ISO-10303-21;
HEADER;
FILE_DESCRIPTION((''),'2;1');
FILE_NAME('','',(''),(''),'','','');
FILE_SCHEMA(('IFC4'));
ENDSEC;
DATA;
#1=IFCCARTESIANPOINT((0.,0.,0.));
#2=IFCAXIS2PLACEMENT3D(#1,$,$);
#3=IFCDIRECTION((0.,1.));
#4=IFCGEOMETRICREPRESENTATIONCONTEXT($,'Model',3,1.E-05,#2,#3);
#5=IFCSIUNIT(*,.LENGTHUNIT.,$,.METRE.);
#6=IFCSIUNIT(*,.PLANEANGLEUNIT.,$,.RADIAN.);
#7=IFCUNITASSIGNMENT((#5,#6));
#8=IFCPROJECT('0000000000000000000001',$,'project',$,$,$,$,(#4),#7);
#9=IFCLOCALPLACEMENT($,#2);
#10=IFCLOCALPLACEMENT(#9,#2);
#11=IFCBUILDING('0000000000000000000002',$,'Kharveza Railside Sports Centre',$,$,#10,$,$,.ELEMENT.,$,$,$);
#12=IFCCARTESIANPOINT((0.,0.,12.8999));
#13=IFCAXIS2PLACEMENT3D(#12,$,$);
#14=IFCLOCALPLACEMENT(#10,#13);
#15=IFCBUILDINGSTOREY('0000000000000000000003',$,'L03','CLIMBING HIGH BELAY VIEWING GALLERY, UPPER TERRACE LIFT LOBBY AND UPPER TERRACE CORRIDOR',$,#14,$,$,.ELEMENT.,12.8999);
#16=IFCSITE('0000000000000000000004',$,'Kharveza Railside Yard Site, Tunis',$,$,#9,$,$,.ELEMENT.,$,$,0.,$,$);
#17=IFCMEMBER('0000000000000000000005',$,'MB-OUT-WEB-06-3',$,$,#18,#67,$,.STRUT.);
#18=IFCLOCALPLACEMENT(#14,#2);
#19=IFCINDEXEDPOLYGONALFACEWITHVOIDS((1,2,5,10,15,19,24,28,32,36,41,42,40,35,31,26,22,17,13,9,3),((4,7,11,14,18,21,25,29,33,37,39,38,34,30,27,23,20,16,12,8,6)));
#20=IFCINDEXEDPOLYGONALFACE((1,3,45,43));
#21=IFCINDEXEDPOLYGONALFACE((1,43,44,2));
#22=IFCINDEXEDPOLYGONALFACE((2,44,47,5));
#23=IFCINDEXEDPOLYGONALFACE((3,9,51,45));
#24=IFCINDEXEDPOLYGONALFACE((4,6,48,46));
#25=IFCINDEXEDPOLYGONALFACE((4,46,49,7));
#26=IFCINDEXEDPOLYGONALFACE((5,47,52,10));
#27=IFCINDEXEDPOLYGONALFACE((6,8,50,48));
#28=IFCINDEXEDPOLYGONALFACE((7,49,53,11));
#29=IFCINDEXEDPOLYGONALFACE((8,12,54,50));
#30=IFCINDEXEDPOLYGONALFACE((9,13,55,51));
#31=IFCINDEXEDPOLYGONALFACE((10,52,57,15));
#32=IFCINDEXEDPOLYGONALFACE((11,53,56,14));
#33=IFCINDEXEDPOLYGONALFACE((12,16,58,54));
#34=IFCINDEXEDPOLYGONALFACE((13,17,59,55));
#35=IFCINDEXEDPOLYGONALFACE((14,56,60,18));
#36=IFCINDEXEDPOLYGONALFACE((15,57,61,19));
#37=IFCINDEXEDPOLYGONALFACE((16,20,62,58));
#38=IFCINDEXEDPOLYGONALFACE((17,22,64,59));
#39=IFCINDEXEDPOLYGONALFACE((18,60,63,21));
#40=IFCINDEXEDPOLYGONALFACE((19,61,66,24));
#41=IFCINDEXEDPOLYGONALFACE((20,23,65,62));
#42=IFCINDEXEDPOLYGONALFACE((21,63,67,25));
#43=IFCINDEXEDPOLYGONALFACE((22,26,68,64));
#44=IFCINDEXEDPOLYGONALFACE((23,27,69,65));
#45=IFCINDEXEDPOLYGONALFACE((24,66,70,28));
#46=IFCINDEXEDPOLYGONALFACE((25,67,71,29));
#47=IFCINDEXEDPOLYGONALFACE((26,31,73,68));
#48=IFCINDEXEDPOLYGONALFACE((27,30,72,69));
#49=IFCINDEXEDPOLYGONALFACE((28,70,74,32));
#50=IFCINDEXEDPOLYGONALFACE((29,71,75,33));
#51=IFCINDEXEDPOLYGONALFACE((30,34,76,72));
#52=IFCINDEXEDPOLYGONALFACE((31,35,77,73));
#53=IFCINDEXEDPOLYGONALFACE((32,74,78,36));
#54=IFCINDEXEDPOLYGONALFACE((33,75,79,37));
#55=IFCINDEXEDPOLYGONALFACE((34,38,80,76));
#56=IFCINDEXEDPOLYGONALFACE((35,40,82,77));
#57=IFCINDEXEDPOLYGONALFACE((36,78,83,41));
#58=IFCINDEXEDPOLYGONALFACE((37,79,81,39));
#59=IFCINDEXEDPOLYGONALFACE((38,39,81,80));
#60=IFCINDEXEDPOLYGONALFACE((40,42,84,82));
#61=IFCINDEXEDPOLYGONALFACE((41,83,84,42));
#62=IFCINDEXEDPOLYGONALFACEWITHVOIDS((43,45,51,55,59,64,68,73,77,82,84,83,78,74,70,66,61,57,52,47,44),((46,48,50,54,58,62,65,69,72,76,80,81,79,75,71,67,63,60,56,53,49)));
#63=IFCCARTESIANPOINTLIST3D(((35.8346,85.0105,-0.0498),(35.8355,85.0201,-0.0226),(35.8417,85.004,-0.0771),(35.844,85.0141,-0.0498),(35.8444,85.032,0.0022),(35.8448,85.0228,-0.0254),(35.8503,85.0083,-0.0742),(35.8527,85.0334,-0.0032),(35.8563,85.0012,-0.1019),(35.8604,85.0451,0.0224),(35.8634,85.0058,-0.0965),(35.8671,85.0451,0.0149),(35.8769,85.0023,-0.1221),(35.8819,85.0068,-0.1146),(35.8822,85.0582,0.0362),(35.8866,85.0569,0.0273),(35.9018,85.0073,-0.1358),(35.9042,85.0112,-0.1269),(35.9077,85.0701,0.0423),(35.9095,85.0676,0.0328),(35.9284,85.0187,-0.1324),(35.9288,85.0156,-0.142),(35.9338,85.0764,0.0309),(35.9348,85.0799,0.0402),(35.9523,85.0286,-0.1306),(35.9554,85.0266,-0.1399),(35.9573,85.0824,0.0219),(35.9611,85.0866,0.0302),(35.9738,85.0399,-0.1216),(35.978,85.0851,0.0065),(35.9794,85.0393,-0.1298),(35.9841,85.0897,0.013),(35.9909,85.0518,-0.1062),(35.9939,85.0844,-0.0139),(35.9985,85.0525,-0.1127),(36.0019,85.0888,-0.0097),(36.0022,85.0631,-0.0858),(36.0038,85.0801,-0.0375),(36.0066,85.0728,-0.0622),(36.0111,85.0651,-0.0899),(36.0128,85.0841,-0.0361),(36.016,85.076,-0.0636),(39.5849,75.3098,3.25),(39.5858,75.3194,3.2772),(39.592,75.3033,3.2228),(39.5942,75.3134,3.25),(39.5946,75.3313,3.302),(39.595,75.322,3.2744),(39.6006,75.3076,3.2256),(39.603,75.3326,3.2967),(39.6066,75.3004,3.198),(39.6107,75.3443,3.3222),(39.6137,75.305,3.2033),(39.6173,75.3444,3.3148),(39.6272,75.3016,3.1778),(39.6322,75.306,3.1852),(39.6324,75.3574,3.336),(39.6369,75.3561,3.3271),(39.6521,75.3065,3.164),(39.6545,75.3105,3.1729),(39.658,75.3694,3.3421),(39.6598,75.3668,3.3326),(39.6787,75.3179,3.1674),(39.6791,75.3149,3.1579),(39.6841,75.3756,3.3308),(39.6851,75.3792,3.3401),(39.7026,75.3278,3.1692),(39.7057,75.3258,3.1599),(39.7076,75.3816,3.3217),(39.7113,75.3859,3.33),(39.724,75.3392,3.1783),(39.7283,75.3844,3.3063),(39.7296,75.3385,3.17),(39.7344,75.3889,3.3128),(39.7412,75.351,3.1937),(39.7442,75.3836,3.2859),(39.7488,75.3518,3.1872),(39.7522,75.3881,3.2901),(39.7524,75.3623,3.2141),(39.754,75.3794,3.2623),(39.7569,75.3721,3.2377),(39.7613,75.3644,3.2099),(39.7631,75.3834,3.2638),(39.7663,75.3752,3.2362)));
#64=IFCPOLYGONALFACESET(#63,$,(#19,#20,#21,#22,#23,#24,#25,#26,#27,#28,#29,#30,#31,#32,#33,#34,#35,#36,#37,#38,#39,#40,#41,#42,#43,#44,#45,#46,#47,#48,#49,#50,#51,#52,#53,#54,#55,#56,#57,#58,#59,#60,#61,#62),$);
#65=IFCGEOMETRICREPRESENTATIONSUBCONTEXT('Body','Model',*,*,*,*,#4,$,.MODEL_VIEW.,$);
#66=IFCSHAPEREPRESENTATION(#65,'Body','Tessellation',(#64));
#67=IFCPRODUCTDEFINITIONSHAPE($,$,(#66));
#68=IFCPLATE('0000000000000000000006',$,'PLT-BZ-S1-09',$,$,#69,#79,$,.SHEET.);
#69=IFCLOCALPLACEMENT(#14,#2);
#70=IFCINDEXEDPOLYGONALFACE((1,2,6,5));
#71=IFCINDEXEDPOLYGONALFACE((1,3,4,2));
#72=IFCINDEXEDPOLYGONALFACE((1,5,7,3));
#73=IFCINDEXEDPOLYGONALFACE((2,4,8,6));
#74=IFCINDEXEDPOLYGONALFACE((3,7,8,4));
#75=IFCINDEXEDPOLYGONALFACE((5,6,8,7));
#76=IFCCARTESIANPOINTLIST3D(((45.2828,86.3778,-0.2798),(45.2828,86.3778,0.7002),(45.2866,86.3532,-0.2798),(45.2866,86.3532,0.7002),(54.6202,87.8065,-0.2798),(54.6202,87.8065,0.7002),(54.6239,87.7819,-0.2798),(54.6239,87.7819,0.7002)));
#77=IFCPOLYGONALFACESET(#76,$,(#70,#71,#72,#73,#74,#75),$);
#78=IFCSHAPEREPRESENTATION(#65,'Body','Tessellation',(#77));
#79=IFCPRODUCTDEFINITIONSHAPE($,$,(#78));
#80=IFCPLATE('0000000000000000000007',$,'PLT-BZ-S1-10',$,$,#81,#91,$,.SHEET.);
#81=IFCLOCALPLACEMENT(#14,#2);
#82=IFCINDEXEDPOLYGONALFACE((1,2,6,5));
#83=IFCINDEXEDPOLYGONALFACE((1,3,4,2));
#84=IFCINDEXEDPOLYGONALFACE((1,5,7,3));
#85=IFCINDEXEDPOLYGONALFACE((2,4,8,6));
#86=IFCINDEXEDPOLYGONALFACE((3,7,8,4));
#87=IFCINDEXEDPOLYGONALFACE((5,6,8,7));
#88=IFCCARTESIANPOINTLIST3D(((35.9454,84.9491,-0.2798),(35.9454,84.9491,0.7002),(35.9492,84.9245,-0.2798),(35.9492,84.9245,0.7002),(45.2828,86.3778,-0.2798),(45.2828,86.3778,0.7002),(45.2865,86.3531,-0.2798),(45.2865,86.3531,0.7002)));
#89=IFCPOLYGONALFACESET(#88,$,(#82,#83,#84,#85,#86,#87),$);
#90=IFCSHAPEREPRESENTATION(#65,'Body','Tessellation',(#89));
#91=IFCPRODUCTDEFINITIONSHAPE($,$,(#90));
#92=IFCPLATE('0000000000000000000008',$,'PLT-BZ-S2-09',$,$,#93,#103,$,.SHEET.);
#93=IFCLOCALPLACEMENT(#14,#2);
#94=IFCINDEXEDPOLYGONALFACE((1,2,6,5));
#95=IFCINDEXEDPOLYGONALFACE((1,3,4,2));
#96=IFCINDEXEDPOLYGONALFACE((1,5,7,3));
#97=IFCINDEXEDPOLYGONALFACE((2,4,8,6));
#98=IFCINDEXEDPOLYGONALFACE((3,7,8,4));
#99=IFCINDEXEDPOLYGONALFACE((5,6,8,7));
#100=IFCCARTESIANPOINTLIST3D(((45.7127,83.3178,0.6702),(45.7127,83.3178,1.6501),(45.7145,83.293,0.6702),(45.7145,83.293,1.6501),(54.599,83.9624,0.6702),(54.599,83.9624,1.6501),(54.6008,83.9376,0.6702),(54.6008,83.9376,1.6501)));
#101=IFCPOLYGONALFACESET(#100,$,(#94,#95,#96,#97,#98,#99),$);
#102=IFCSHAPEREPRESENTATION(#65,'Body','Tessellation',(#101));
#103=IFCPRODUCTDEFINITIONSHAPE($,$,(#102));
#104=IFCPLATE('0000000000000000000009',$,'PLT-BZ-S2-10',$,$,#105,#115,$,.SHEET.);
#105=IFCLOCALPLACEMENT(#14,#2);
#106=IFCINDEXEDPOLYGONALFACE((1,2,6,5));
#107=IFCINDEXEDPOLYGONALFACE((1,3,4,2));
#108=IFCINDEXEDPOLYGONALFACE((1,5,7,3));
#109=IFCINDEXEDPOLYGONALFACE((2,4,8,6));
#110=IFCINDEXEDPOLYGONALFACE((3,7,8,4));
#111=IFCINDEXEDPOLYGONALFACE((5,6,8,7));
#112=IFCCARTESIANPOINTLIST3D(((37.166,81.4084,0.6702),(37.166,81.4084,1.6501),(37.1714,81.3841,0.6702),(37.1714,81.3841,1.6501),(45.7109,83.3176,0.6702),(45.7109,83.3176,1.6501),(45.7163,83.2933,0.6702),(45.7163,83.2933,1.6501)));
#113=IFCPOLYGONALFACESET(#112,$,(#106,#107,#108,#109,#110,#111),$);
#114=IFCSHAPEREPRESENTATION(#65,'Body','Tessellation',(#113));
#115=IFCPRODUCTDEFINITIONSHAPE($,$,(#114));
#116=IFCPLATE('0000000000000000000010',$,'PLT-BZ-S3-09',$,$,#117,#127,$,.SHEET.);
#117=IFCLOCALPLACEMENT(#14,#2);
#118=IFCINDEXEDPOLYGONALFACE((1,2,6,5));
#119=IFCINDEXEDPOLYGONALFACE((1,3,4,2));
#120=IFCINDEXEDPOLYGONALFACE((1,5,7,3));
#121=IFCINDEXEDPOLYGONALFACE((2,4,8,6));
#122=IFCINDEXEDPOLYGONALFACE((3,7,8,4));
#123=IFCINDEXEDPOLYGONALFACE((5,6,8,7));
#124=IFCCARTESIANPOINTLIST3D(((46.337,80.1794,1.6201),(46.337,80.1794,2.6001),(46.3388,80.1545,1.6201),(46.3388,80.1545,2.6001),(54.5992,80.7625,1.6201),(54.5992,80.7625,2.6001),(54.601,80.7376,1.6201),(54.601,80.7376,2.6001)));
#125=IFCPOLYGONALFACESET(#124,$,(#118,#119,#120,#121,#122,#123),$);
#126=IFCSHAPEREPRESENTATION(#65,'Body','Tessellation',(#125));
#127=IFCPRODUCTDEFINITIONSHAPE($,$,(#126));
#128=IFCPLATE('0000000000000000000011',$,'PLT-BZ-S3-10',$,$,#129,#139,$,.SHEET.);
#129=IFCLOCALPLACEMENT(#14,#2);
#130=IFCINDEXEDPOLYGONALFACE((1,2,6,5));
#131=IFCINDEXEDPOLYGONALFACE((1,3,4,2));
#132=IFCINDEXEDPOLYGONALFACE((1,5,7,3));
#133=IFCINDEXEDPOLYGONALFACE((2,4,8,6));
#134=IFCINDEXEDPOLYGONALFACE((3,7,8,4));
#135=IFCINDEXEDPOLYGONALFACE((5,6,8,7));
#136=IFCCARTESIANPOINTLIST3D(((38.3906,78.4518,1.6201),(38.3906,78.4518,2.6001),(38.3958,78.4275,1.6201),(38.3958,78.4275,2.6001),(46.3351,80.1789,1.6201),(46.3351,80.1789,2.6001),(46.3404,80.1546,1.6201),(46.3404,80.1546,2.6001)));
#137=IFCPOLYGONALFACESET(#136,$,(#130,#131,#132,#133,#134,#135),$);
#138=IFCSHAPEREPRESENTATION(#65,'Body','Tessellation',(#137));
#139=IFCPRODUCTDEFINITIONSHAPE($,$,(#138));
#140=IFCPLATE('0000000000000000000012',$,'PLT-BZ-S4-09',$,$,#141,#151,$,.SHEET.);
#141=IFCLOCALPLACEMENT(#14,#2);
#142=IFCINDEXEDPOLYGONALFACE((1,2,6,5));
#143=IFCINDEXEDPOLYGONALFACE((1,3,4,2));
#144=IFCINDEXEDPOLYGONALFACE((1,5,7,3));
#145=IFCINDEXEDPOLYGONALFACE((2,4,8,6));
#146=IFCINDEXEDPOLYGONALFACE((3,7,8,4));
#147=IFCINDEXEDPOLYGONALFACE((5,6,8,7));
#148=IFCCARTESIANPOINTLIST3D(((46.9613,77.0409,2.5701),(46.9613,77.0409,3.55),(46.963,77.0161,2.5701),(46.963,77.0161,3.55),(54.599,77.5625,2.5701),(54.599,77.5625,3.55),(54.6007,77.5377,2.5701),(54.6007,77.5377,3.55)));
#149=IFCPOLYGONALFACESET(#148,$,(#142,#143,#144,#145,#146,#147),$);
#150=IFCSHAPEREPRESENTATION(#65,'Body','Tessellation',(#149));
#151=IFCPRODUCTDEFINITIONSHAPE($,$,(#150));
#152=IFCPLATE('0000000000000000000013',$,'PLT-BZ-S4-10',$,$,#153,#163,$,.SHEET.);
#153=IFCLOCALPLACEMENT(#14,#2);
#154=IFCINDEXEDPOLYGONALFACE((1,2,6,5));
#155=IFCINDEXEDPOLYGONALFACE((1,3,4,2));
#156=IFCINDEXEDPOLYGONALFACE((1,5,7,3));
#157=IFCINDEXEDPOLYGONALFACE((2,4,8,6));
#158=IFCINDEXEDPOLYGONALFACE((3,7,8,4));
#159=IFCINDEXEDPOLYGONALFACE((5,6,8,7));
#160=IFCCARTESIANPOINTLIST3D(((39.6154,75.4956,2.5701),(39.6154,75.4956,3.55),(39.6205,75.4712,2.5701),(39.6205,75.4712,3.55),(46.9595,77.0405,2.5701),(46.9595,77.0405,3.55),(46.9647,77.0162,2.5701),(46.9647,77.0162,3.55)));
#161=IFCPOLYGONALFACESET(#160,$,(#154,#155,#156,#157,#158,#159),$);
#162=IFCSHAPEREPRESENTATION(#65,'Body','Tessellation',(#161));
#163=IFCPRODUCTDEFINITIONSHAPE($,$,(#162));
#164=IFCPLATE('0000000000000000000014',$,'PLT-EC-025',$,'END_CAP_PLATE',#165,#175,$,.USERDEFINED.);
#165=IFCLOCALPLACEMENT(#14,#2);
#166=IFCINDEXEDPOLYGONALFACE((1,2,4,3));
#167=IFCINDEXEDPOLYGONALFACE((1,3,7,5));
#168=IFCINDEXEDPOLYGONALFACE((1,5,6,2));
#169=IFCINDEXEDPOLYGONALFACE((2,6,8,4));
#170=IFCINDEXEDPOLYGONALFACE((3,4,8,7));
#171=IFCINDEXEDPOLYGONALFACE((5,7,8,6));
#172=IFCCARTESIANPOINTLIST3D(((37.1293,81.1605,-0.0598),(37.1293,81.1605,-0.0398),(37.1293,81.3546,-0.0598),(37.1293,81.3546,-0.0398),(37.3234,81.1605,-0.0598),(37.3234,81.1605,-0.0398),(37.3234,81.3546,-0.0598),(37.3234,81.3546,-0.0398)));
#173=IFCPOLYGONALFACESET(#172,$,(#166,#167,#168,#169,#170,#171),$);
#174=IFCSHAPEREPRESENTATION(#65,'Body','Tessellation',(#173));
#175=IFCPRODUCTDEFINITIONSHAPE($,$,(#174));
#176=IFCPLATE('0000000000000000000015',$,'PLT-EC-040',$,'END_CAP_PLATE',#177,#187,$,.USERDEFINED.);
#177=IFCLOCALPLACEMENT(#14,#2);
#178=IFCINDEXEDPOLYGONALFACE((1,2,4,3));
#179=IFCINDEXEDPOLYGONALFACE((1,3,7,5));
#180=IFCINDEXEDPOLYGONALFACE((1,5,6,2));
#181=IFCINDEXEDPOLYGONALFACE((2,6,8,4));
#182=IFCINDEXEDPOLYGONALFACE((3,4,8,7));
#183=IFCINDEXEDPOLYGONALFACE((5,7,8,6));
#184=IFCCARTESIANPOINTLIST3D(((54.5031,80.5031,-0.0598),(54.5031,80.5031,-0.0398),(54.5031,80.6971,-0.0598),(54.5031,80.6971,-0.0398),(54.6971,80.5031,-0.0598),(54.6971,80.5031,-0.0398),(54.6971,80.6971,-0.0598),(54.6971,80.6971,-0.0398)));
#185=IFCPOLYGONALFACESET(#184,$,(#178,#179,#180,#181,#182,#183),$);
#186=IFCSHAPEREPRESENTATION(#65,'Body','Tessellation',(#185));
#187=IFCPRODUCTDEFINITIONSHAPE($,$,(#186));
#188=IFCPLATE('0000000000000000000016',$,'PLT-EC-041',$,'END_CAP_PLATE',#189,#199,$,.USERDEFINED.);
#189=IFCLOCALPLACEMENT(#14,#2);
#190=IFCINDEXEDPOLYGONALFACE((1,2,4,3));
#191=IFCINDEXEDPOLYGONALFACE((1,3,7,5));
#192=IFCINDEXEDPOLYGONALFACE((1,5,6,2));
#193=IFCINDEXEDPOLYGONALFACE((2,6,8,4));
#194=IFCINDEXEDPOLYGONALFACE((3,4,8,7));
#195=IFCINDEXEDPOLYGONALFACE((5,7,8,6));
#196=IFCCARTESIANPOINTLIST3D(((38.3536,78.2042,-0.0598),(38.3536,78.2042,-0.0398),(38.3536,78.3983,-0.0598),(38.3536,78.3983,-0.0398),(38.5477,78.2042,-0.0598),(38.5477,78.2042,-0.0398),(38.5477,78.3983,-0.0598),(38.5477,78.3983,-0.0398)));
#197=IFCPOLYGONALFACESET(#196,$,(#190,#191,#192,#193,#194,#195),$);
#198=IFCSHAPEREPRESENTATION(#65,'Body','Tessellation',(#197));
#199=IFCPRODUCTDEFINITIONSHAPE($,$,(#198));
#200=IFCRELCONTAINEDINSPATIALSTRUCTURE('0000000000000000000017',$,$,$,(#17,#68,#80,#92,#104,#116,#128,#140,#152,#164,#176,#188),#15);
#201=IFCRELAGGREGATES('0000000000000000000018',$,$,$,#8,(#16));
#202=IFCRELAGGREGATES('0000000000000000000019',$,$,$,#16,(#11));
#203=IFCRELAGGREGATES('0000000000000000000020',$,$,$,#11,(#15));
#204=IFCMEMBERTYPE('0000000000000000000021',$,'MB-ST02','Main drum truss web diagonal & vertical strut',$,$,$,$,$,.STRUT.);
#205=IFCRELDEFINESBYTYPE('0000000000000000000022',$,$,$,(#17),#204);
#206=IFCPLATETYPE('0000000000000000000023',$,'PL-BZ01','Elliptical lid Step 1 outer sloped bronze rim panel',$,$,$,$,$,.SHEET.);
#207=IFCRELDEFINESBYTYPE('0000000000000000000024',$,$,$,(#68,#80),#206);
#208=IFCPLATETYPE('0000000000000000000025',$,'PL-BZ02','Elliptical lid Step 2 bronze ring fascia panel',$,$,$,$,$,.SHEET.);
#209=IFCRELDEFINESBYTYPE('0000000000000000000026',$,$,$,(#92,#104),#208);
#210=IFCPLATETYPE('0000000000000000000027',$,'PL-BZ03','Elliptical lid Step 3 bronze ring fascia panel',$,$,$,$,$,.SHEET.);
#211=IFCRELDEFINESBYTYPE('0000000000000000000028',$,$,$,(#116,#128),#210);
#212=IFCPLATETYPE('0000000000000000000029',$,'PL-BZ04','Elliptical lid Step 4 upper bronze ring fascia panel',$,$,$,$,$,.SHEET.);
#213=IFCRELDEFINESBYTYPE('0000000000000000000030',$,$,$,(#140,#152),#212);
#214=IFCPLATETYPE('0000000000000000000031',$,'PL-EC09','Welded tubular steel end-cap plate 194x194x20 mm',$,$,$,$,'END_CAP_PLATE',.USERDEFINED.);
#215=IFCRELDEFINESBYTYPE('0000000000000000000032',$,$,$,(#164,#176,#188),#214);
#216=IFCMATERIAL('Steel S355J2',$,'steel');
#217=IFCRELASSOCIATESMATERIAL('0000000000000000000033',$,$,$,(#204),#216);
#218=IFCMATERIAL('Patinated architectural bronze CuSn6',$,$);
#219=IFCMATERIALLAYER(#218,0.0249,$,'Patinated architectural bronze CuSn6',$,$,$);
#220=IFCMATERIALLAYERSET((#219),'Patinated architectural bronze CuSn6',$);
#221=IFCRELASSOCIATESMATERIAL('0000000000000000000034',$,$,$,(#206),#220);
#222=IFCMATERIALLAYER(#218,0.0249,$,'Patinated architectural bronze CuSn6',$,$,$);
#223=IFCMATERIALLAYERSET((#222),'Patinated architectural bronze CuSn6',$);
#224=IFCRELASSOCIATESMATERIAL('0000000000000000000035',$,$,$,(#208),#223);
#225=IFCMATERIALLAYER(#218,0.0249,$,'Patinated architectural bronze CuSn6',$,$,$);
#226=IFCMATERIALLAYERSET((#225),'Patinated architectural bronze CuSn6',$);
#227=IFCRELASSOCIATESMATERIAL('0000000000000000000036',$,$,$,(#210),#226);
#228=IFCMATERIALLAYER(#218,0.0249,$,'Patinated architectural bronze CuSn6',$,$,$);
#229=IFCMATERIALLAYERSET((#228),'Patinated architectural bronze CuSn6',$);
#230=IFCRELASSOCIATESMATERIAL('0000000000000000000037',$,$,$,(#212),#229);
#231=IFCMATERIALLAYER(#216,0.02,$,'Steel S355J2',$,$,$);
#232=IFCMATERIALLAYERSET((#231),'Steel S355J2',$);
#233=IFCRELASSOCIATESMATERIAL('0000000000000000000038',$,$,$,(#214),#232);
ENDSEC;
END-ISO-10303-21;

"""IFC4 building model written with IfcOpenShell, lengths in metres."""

from ifc_helpers import new_model, si_unit, direction, frame, origin, origin_2d, place, context, subcontext, project, spatial, rectangle, hollow_circle, extrude, material, layer, layer_set, material_profile, profile_set, type_object, element, save


model = new_model("IFC4")

# Units and contexts
model_context = context("Model", 3, precision=1e-05, world=origin(), true_north=direction((0.0, 1.0)))
body_context = subcontext(model_context, "Body", "Model", "MODEL_VIEW")
ifc_project = project(units=[si_unit("LENGTHUNIT", "METRE"), si_unit("PLANEANGLEUNIT", "RADIAN")], contexts=[model_context])

# Site, building, storey
site_placement = place(None, origin())
site = spatial("IfcSite", under=ifc_project, at=site_placement, Name="Kharveza Railside Yard Site, Tunis", CompositionType="ELEMENT", RefElevation=0.0)
building_placement = place(site_placement, origin())
building = spatial("IfcBuilding", under=site, at=building_placement, Name="Kharveza Railside Sports Centre", CompositionType="ELEMENT")
storey_placement = place(building_placement, frame((0.0, 0.0, 12.8999)))
storey = spatial("IfcBuildingStorey", under=building, at=storey_placement, Name="L03", Description="CLIMBING HIGH BELAY VIEWING GALLERY, UPPER TERRACE LIFT LOBBY AND UPPER TERRACE CORRIDOR", CompositionType="ELEMENT", Elevation=12.8999)

# Shared definitions
ifc_material_1 = material(Name="Steel S355J2", Category="steel")

# Member
ifc_material_profile_1 = material_profile(ifc_material_1, hollow_circle(Radius=0.0969, WallThickness=0.01, at=origin_2d()), Name="CHS 193.7x10.0")
ifc_profile_set_1 = profile_set([ifc_material_profile_1], Name="Steel S355J2")
member_type_1 = type_object("IfcMemberType", Name="MB-ST02", Description="Main drum truss web diagonal & vertical strut", PredefinedType="STRUT", material=ifc_profile_set_1)
member_1_placement = place(storey_placement, frame((39.6753, 75.3447, 3.25), z_axis=(-0.343703, 0.88905, -0.302421), x_axis=(-0.932725, -0.360588, 0.0)))
element("IfcMember", 1, at=member_1_placement, inside=storey, type_object=member_type_1, Name="MB-OUT-WEB-06-3", PredefinedType="STRUT", context=body_context, shape_type="SweptSolid", body=[
    extrude(hollow_circle(Radius=0.0969, WallThickness=0.01, at=origin_2d()), origin(), (0.0, 0.0, 1.0), 10.9114),
])

# Plates
ifc_material_2 = material(Name="Patinated architectural bronze CuSn6")
ifc_layer_1 = layer(ifc_material_2, 0.0249, Name="Patinated architectural bronze CuSn6")
ifc_layer_set_1 = layer_set([ifc_layer_1], Name="Patinated architectural bronze CuSn6")
plate_type_1 = type_object("IfcPlateType", Name="PL-BZ01", Description="Elliptical lid Step 1 outer sloped bronze rim panel", PredefinedType="SHEET", material=ifc_layer_set_1)
for number, where, z_axis, x_axis, name in (
    (2, (49.9534, 87.0798, -0.2798), (0.0, 0.0, 1.0), (-0.988497, -0.151244, 0.0), "PLT-BZ-S1-09"),
    (3, (40.616, 85.6511, -0.2798), (0.0, 0.0, 1.0), (-0.988497, -0.151244, 0.0), "PLT-BZ-S1-10"),
):
    element("IfcPlate", number, at=place(storey_placement, frame(where, z_axis=z_axis, x_axis=x_axis)), inside=storey, type_object=plate_type_1, Name=name, PredefinedType="SHEET", context=body_context, shape_type="SweptSolid", body=[
        extrude(rectangle(XDim=9.446, YDim=0.0249, at=origin_2d()), origin(), (0.0, 0.0, 1.0), 0.98),
    ])
ifc_layer_2 = layer(ifc_material_2, 0.0249, Name="Patinated architectural bronze CuSn6")
ifc_layer_set_2 = layer_set([ifc_layer_2], Name="Patinated architectural bronze CuSn6")
plate_type_2 = type_object("IfcPlateType", Name="PL-BZ02", Description="Elliptical lid Step 2 bronze ring fascia panel", PredefinedType="SHEET", material=ifc_layer_set_2)
plate_1_placement = place(storey_placement, frame((50.1567, 83.6277, 0.6702), z_axis=(0.0, 0.0, 1.0), x_axis=(-0.997379, -0.07235, 0.0)))
element("IfcPlate", 4, at=plate_1_placement, inside=storey, type_object=plate_type_2, Name="PLT-BZ-S2-09", PredefinedType="SHEET", context=body_context, shape_type="SweptSolid", body=[
    extrude(rectangle(XDim=8.9097, YDim=0.0249, at=origin_2d()), origin(), (0.0, 0.0, 1.0), 0.98),
])
plate_2_placement = place(storey_placement, frame((41.4412, 82.3508, 0.6702), z_axis=(0.0, 0.0, 1.0), x_axis=(-0.975936, -0.218058, 0.0)))
element("IfcPlate", 5, at=plate_2_placement, inside=storey, type_object=plate_type_2, Name="PLT-BZ-S2-10", PredefinedType="SHEET", context=body_context, shape_type="SweptSolid", body=[
    extrude(rectangle(XDim=8.7556, YDim=0.0249, at=origin_2d()), origin(), (0.0, 0.0, 1.0), 0.98),
])
ifc_layer_3 = layer(ifc_material_2, 0.0249, Name="Patinated architectural bronze CuSn6")
ifc_layer_set_3 = layer_set([ifc_layer_3], Name="Patinated architectural bronze CuSn6")
plate_type_3 = type_object("IfcPlateType", Name="PL-BZ03", Description="Elliptical lid Step 3 bronze ring fascia panel", PredefinedType="SHEET", material=ifc_layer_set_3)
plate_3_placement = place(storey_placement, frame((50.469, 80.4585, 1.6201), z_axis=(0.0, 0.0, 1.0), x_axis=(-0.997519, -0.070401, 0.0)))
element("IfcPlate", 6, at=plate_3_placement, inside=storey, type_object=plate_type_3, Name="PLT-BZ-S3-09", PredefinedType="SHEET", context=body_context, shape_type="SweptSolid", body=[
    extrude(rectangle(XDim=8.2827, YDim=0.0249, at=origin_2d()), origin(), (0.0, 0.0, 1.0), 0.98),
])
plate_4_placement = place(storey_placement, frame((42.3655, 79.3032, 1.6201), z_axis=(0.0, 0.0, 1.0), x_axis=(-0.977176, -0.212434, 0.0)))
element("IfcPlate", 7, at=plate_4_placement, inside=storey, type_object=plate_type_3, Name="PLT-BZ-S3-10", PredefinedType="SHEET", context=body_context, shape_type="SweptSolid", body=[
    extrude(rectangle(XDim=8.1301, YDim=0.0249, at=origin_2d()), origin(), (0.0, 0.0, 1.0), 0.98),
])
ifc_layer_4 = layer(ifc_material_2, 0.0249, Name="Patinated architectural bronze CuSn6")
ifc_layer_set_4 = layer_set([ifc_layer_4], Name="Patinated architectural bronze CuSn6")
plate_type_4 = type_object("IfcPlateType", Name="PL-BZ04", Description="Elliptical lid Step 4 upper bronze ring fascia panel", PredefinedType="SHEET", material=ifc_layer_set_4)
plate_5_placement = place(storey_placement, frame((50.781, 77.2893, 2.5701), z_axis=(0.0, 0.0, 1.0), x_axis=(-0.997676, -0.068137, 0.0)))
element("IfcPlate", 8, at=plate_5_placement, inside=storey, type_object=plate_type_4, Name="PLT-BZ-S4-09", PredefinedType="SHEET", context=body_context, shape_type="SweptSolid", body=[
    extrude(rectangle(XDim=7.6555, YDim=0.0249, at=origin_2d()), origin(), (0.0, 0.0, 1.0), 0.98),
])
plate_6_placement = place(storey_placement, frame((43.29, 76.2559, 2.5701), z_axis=(0.0, 0.0, 1.0), x_axis=(-0.978581, -0.205863, 0.0)))
element("IfcPlate", 9, at=plate_6_placement, inside=storey, type_object=plate_type_4, Name="PLT-BZ-S4-10", PredefinedType="SHEET", context=body_context, shape_type="SweptSolid", body=[
    extrude(rectangle(XDim=7.5049, YDim=0.0249, at=origin_2d()), origin(), (0.0, 0.0, 1.0), 0.98),
])
ifc_layer_5 = layer(ifc_material_1, 0.02, Name="Steel S355J2")
ifc_layer_set_5 = layer_set([ifc_layer_5], Name="Steel S355J2")
plate_type_5 = type_object("IfcPlateType", Name="PL-EC09", Description="Welded tubular steel end-cap plate 194x194x20 mm", ElementType="END_CAP_PLATE", PredefinedType="USERDEFINED", material=ifc_layer_set_5)
for number, where, z_axis, x_axis, name in (
    (10, (37.2263, 81.2576, -0.0598), (0.0, 0.0, 1.0), (1.0, 0.0, 0.0), "PLT-EC-025"),
    (11, (54.6001, 80.6001, -0.0598), (0.0, 0.0, 1.0), (1.0, 0.0, 0.0), "PLT-EC-040"),
    (12, (38.4507, 78.3013, -0.0598), (0.0, 0.0, 1.0), (1.0, 0.0, 0.0), "PLT-EC-041"),
):
    element("IfcPlate", number, at=place(storey_placement, frame(where, z_axis=z_axis, x_axis=x_axis)), inside=storey, type_object=plate_type_5, Name=name, ObjectType="END_CAP_PLATE", PredefinedType="USERDEFINED", context=body_context, shape_type="SweptSolid", body=[
        extrude(rectangle(XDim=0.1941, YDim=0.1941, at=origin_2d()), origin(), (0.0, 0.0, 1.0), 0.02),
    ])

save(model, "model.ifc")
